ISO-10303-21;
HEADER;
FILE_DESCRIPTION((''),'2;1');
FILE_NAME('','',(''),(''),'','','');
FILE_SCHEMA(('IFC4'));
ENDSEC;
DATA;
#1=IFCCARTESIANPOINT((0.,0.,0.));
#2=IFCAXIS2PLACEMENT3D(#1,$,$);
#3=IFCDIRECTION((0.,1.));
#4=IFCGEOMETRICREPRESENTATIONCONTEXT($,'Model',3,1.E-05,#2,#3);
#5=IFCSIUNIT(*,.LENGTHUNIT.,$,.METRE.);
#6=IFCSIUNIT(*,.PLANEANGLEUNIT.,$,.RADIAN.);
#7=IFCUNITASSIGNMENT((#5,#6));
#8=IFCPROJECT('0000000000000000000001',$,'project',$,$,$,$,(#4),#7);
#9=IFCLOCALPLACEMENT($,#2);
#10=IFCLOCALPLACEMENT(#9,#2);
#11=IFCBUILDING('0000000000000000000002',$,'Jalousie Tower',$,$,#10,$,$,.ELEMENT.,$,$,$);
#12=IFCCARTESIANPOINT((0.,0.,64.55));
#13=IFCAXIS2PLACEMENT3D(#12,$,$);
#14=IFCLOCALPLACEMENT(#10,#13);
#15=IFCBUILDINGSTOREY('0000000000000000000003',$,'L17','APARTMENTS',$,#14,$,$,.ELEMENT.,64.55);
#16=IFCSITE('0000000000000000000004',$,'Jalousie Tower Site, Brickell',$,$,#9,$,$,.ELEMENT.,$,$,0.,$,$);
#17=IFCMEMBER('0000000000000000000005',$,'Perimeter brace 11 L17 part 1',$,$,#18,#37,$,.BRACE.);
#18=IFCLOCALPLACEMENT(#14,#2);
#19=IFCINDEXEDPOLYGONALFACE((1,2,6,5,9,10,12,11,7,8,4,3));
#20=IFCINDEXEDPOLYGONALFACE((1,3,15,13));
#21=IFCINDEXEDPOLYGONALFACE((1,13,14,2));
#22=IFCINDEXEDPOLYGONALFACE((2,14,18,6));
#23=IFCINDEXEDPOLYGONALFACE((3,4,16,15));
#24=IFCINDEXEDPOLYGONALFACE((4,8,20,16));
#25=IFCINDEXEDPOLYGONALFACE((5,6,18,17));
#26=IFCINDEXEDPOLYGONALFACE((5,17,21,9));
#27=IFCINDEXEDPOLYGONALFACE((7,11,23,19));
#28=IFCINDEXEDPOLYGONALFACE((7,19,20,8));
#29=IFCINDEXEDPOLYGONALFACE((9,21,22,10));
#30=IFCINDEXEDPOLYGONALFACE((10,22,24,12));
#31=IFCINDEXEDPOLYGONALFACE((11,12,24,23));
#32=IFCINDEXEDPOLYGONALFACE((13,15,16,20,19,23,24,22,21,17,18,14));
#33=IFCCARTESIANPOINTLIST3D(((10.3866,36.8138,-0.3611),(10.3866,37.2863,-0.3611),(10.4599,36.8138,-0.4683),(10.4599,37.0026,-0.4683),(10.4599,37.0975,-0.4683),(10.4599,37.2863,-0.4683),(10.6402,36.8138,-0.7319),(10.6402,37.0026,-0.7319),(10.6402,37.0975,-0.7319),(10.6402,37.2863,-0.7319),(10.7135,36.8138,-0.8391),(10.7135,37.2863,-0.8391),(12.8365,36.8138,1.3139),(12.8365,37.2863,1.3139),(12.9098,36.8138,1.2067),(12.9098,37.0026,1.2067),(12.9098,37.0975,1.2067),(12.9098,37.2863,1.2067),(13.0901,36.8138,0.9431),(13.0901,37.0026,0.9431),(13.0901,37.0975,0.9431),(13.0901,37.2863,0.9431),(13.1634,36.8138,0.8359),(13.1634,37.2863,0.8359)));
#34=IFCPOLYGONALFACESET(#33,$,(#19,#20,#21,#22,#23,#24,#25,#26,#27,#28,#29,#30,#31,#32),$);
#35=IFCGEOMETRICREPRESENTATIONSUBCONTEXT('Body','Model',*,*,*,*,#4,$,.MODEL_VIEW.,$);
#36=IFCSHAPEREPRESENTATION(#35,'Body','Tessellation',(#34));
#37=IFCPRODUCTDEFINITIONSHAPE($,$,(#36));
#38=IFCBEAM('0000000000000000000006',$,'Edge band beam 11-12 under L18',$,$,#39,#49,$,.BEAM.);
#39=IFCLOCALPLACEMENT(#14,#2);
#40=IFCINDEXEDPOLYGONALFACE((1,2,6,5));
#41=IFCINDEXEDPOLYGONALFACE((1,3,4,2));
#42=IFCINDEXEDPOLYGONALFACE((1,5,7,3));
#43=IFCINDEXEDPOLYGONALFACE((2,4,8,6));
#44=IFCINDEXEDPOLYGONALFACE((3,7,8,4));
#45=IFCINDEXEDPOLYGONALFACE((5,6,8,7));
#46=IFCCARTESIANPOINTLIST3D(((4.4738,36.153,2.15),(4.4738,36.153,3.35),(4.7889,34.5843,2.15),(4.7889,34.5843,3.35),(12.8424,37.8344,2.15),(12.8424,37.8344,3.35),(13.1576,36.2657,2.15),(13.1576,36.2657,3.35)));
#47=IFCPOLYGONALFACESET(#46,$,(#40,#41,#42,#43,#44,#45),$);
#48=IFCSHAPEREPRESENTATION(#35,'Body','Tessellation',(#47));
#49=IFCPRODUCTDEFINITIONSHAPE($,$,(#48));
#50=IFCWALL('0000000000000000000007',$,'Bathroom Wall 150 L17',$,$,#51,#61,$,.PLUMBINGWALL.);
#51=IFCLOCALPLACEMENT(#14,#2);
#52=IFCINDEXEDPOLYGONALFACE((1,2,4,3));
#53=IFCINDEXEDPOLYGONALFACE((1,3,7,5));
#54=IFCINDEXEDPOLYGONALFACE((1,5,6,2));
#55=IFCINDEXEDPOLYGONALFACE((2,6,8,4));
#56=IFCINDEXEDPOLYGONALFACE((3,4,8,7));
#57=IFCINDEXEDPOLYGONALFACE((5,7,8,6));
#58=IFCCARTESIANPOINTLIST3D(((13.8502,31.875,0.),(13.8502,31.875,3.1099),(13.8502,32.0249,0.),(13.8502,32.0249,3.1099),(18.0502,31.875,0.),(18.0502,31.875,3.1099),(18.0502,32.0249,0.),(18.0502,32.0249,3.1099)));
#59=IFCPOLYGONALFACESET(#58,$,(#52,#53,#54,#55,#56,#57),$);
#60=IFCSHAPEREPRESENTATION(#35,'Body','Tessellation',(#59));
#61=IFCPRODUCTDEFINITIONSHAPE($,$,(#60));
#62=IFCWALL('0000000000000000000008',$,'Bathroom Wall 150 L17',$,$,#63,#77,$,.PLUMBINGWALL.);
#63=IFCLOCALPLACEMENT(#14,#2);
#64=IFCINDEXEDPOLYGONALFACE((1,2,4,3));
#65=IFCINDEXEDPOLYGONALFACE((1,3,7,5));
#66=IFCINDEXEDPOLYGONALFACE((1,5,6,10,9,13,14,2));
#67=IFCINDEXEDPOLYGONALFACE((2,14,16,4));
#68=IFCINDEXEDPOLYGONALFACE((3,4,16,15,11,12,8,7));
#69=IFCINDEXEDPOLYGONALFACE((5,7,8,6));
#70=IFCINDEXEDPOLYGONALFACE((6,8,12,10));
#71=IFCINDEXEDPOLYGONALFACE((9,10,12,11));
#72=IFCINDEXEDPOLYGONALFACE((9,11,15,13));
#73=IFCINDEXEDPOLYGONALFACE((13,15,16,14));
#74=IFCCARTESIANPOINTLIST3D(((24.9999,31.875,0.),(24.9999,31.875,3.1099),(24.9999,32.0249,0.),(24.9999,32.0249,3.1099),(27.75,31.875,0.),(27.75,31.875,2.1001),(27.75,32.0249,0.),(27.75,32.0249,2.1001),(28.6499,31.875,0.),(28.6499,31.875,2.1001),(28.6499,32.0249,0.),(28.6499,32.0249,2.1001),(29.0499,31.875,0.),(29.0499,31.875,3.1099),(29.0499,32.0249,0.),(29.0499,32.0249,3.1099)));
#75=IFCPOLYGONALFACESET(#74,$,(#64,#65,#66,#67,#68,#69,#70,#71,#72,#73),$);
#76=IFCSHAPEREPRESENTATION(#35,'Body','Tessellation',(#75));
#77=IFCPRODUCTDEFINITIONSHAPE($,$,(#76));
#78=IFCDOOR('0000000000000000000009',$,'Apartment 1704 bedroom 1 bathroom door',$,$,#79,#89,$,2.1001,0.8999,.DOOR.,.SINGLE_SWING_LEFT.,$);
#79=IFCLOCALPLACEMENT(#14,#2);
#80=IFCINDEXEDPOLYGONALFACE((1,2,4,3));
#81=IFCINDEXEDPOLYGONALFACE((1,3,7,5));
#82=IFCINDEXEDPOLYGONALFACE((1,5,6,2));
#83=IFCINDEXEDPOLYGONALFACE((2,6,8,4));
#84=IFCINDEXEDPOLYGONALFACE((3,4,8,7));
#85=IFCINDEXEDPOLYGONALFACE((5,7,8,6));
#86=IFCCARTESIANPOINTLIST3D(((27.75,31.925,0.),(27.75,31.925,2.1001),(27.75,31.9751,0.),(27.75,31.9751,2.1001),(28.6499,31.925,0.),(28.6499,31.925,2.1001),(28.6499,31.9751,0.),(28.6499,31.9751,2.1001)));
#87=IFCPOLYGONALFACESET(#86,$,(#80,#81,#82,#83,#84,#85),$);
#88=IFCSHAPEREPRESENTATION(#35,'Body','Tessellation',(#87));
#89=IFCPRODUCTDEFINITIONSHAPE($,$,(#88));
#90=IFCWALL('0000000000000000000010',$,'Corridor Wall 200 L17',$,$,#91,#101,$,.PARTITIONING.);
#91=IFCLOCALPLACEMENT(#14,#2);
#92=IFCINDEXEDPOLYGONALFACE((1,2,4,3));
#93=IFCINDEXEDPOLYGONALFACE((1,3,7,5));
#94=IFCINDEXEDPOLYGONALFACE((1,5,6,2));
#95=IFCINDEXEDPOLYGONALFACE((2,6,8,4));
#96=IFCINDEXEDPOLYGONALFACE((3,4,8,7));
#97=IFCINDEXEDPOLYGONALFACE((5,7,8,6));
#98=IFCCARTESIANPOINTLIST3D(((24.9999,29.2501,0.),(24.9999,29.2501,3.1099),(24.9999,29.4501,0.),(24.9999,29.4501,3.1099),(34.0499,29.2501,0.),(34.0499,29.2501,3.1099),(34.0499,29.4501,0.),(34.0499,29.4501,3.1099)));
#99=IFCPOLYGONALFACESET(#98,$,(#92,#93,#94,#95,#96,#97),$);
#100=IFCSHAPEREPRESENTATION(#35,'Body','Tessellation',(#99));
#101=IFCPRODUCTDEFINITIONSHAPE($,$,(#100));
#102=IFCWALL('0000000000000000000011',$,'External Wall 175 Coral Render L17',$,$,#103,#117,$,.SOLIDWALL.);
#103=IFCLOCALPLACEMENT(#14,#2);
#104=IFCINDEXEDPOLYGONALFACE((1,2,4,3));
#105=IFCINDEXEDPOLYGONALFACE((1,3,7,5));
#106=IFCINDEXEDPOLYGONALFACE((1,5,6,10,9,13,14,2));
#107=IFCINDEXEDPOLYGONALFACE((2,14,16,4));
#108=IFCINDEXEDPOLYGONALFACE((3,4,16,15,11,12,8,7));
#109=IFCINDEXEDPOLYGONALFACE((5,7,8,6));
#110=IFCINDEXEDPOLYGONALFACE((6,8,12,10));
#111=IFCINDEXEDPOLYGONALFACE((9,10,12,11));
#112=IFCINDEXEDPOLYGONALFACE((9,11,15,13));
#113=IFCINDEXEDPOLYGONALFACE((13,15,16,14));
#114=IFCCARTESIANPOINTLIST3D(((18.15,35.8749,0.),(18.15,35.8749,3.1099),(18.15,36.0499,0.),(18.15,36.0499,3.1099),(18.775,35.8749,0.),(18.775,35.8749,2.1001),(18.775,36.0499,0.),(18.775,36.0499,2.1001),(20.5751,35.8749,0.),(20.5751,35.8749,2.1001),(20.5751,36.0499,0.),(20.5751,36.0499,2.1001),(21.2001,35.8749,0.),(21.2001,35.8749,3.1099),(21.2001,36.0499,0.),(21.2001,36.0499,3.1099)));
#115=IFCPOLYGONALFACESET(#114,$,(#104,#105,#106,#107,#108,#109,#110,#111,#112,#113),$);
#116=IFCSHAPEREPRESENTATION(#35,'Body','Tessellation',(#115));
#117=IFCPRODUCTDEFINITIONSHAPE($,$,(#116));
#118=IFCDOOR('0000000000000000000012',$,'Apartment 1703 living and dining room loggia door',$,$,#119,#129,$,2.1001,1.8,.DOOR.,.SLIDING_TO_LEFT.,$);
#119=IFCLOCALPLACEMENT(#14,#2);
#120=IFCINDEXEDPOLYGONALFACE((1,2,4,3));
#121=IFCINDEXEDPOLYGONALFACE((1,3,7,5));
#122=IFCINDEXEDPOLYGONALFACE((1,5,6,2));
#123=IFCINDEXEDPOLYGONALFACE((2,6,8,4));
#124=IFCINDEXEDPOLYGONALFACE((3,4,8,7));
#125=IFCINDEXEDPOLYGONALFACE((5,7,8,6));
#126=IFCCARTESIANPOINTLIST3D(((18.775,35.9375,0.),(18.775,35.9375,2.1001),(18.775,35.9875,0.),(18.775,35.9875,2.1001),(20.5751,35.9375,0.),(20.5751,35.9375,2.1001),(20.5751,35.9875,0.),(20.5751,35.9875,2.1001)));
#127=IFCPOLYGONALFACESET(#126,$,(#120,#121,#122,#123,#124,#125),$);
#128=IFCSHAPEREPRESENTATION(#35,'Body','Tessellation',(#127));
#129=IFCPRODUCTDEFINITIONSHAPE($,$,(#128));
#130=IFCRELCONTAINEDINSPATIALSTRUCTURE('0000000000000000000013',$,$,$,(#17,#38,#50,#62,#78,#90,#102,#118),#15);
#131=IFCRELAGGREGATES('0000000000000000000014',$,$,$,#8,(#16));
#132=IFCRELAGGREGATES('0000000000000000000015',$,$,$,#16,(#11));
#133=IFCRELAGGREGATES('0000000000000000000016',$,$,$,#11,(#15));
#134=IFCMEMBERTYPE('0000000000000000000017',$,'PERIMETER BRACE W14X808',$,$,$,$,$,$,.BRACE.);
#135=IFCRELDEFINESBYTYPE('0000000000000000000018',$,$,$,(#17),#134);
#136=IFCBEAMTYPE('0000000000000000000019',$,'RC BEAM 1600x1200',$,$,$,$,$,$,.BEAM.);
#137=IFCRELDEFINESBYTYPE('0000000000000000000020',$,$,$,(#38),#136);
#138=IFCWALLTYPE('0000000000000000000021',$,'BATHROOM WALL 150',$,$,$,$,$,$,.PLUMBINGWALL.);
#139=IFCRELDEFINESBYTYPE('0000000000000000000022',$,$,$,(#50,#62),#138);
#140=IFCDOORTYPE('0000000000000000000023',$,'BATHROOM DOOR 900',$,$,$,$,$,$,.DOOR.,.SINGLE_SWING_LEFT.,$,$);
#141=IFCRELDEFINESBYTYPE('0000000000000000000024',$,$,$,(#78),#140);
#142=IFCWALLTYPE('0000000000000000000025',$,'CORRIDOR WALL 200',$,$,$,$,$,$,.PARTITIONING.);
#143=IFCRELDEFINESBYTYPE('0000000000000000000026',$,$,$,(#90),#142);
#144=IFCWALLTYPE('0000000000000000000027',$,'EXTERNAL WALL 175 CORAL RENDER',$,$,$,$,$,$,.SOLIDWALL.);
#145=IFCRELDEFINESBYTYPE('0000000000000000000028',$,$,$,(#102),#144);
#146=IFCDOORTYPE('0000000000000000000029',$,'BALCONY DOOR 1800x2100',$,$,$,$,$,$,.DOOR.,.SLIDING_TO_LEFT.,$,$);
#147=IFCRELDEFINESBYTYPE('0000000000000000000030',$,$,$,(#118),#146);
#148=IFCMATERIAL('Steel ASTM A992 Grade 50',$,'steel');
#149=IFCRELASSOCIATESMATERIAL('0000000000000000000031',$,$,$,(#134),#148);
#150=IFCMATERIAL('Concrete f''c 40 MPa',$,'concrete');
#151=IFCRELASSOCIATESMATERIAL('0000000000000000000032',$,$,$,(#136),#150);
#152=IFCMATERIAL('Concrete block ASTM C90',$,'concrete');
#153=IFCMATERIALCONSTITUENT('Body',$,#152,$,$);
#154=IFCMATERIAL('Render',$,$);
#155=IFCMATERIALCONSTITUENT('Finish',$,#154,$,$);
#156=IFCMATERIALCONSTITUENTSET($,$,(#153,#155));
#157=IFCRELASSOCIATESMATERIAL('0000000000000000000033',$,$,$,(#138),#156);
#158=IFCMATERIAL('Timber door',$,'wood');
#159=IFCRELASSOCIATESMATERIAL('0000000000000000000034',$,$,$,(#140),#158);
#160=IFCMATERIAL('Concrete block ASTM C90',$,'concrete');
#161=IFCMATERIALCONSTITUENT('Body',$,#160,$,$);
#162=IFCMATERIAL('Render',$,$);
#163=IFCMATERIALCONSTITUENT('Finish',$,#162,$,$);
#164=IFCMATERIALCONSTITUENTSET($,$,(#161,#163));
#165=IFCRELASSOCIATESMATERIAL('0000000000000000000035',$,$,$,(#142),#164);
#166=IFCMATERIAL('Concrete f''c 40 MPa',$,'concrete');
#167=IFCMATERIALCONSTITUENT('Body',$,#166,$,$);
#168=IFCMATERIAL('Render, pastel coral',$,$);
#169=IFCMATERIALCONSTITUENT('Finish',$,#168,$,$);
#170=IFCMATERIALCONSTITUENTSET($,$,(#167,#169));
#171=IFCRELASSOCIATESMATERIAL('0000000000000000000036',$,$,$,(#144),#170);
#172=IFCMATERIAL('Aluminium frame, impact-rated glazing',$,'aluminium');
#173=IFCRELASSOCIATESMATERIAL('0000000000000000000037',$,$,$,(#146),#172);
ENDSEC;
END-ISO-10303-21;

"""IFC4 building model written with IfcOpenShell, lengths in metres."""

from ifc_helpers import new_model, si_unit, direction, frame, frame_2d, origin, origin_2d, place, context, subcontext, project, spatial, rectangle, i_section, extrude, material, constituent, constituent_set, material_profile, profile_set, type_object, element, fill, save


model = new_model("IFC4")

# Units and contexts
model_context = context("Model", 3, precision=1e-05, world=origin(), true_north=direction((0.0, 1.0)))
body_context = subcontext(model_context, "Body", "Model", "MODEL_VIEW")
ifc_project = project(units=[si_unit("LENGTHUNIT", "METRE"), si_unit("PLANEANGLEUNIT", "RADIAN")], contexts=[model_context])

# Site, building, storey
site_placement = place(None, origin())
site = spatial("IfcSite", under=ifc_project, at=site_placement, Name="Jalousie Tower Site, Brickell", CompositionType="ELEMENT", RefElevation=0.0)
building_placement = place(site_placement, origin())
building = spatial("IfcBuilding", under=site, at=building_placement, Name="Jalousie Tower", CompositionType="ELEMENT")
storey_placement = place(building_placement, frame((0.0, 0.0, 64.55)))
storey = spatial("IfcBuildingStorey", under=building, at=storey_placement, Name="L17", Description="APARTMENTS", CompositionType="ELEMENT", Elevation=64.55)

# Member
ifc_material_1 = material(Name="Steel ASTM A992 Grade 50", Category="steel")
ifc_material_profile_1 = material_profile(ifc_material_1, i_section(OverallWidth=0.4724, OverallDepth=0.5791, WebThickness=0.095, FlangeThickness=0.1299, at=origin_2d()), Name="W14X808")
ifc_profile_set_1 = profile_set([ifc_material_profile_1], Name="Steel ASTM A992 Grade 50")
member_type = type_object("IfcMemberType", Name="PERIMETER BRACE W14X808", PredefinedType="BRACE", material=ifc_profile_set_1)
member_placement = place(storey_placement, frame((10.55, 37.05, -0.6001), z_axis=(0.825501, 0.0, 0.564401), x_axis=(0.0, 1.0, 0.0)))
element("IfcMember", 1, at=member_placement, inside=storey, type_object=member_type, Name="Perimeter brace 11 L17 part 1", PredefinedType="BRACE", context=body_context, shape_type="SweptSolid", body=[
    extrude(i_section(OverallWidth=0.4724, OverallDepth=0.5791, WebThickness=0.095, FlangeThickness=0.1299, at=origin_2d()), origin(), (0.0, 0.0, 1.0), 2.9678),
])

# Beam
ifc_material_2 = material(Name="Concrete f'c 40 MPa", Category="concrete")
ifc_material_profile_2 = material_profile(ifc_material_2, rectangle(XDim=1.6001, YDim=1.2, at=origin_2d()), Name="RC 1600x1200")
ifc_profile_set_2 = profile_set([ifc_material_profile_2], Name="Concrete f'c 40 MPa")
beam_type = type_object("IfcBeamType", Name="RC BEAM 1600x1200", PredefinedType="BEAM", material=ifc_profile_set_2)
beam_placement = place(storey_placement, frame((13.0, 37.05, 2.75), z_axis=(-0.980408, -0.19698, 0.0), x_axis=(0.19698, -0.980408, 0.0)))
element("IfcBeam", 2, at=beam_placement, inside=storey, type_object=beam_type, Name="Edge band beam 11-12 under L18", PredefinedType="BEAM", context=body_context, shape_type="SweptSolid", body=[
    extrude(rectangle(XDim=1.6001, YDim=1.2, at=origin_2d()), origin(), (0.0, 0.0, 1.0), 8.5359),
])

# Wall
ifc_material_3 = material(Name="Concrete block ASTM C90", Category="concrete")
ifc_constituent_1 = constituent(ifc_material_3, Name="Body")
ifc_material_4 = material(Name="Render")
ifc_constituent_2 = constituent(ifc_material_4, Name="Finish")
ifc_constituent_set_1 = constituent_set(constituents=[ifc_constituent_1, ifc_constituent_2])
wall_type_1 = type_object("IfcWallType", Name="BATHROOM WALL 150", PredefinedType="PLUMBINGWALL", material=ifc_constituent_set_1)
wall_1_placement = place(storey_placement, frame((13.8501, 31.95, 0.0), z_axis=(0.0, 0.0, 1.0), x_axis=(1.0, 0.0, 0.0)))
element("IfcWall", 3, at=wall_1_placement, inside=storey, type_object=wall_type_1, Name="Bathroom Wall 150 L17", PredefinedType="PLUMBINGWALL", context=body_context, shape_type="SweptSolid", body=[
    extrude(rectangle(XDim=4.2, YDim=0.1499, at=frame_2d((2.1001, 0.0))), origin(), (0.0, 0.0, 1.0), 3.1099),
])

# Wall, opening, door
wall_2_placement = place(storey_placement, frame((25.0, 31.95, 0.0), z_axis=(0.0, 0.0, 1.0), x_axis=(1.0, 0.0, 0.0)))
wall_2 = element("IfcWall", 4, at=wall_2_placement, inside=storey, type_object=wall_type_1, Name="Bathroom Wall 150 L17", PredefinedType="PLUMBINGWALL", context=body_context, shape_type="SweptSolid", body=[
    extrude(rectangle(XDim=4.05, YDim=0.1499, at=frame_2d((2.0249, 0.0))), origin(), (0.0, 0.0, 1.0), 3.1099),
])
opening_1_placement = place(wall_2_placement, frame((2.75, 0.0, 0.0)))
opening_1 = element("IfcOpeningElement", 5, at=opening_1_placement, cuts=wall_2, PredefinedType="OPENING", context=body_context, shape_type="SweptSolid", body=[
    extrude(rectangle(XDim=0.8999, YDim=2.1001, at=frame_2d((0.45, 1.05))), frame((0.0, 0.085, 0.0), z_axis=(0.0, -1.0, 0.0), x_axis=(1.0, 0.0, 0.0)), (0.0, 0.0, 1.0), 0.1699),
])
ifc_material_5 = material(Name="Timber door", Category="wood")
door_type_1 = type_object("IfcDoorType", Name="BATHROOM DOOR 900", OperationType="SINGLE_SWING_LEFT", PredefinedType="DOOR", material=ifc_material_5)
door_1_placement = place(opening_1_placement, frame((0.8999, 0.0, 0.0), z_axis=(0.0, 0.0, 1.0), x_axis=(-1.0, 0.0, 0.0)))
door_1 = element("IfcDoor", 6, at=door_1_placement, inside=storey, type_object=door_type_1, Name="Apartment 1704 bedroom 1 bathroom door", OperationType="SINGLE_SWING_LEFT", OverallHeight=2.1001, OverallWidth=0.8999, PredefinedType="DOOR", context=body_context, shape_type="SweptSolid", body=[
    extrude(rectangle(XDim=0.8999, YDim=2.1001, at=frame_2d((0.45, 1.05))), frame((0.0, 0.0249, 0.0), z_axis=(0.0, -1.0, 0.0), x_axis=(1.0, 0.0, 0.0)), (0.0, 0.0, 1.0), 0.05),
])
fill(opening_1, door_1)

# Wall
ifc_material_6 = material(Name="Concrete block ASTM C90", Category="concrete")
ifc_constituent_3 = constituent(ifc_material_6, Name="Body")
ifc_material_7 = material(Name="Render")
ifc_constituent_4 = constituent(ifc_material_7, Name="Finish")
ifc_constituent_set_2 = constituent_set(constituents=[ifc_constituent_3, ifc_constituent_4])
wall_type_2 = type_object("IfcWallType", Name="CORRIDOR WALL 200", PredefinedType="PARTITIONING", material=ifc_constituent_set_2)
wall_3_placement = place(storey_placement, frame((25.0, 29.3501, 0.0), z_axis=(0.0, 0.0, 1.0), x_axis=(1.0, 0.0, 0.0)))
element("IfcWall", 7, at=wall_3_placement, inside=storey, type_object=wall_type_2, Name="Corridor Wall 200 L17", PredefinedType="PARTITIONING", context=body_context, shape_type="SweptSolid", body=[
    extrude(rectangle(XDim=9.05, YDim=0.2, at=frame_2d((4.5249, 0.0))), origin(), (0.0, 0.0, 1.0), 3.1099),
])

# Wall, opening, door
ifc_material_8 = material(Name="Concrete f'c 40 MPa", Category="concrete")
ifc_constituent_5 = constituent(ifc_material_8, Name="Body")
ifc_material_9 = material(Name="Render, pastel coral")
ifc_constituent_6 = constituent(ifc_material_9, Name="Finish")
ifc_constituent_set_3 = constituent_set(constituents=[ifc_constituent_5, ifc_constituent_6])
wall_type_3 = type_object("IfcWallType", Name="EXTERNAL WALL 175 CORAL RENDER", PredefinedType="SOLIDWALL", material=ifc_constituent_set_3)
wall_4_placement = place(storey_placement, frame((21.2, 35.9624, 0.0), z_axis=(0.0, 0.0, 1.0), x_axis=(-1.0, 0.0, 0.0)))
wall_4 = element("IfcWall", 8, at=wall_4_placement, inside=storey, type_object=wall_type_3, Name="External Wall 175 Coral Render L17", PredefinedType="SOLIDWALL", context=body_context, shape_type="SweptSolid", body=[
    extrude(rectangle(XDim=3.05, YDim=0.175, at=frame_2d((1.5249, 0.0))), origin(), (0.0, 0.0, 1.0), 3.1099),
])
opening_2_placement = place(wall_4_placement, frame((0.625, 0.0, 0.0)))
opening_2 = element("IfcOpeningElement", 9, at=opening_2_placement, cuts=wall_4, PredefinedType="OPENING", context=body_context, shape_type="SweptSolid", body=[
    extrude(rectangle(XDim=1.8, YDim=2.1001, at=frame_2d((0.8999, 1.05))), frame((0.0, 0.0974, 0.0), z_axis=(0.0, -1.0, 0.0), x_axis=(1.0, 0.0, 0.0)), (0.0, 0.0, 1.0), 0.1951),
])
ifc_material_10 = material(Name="Aluminium frame, impact-rated glazing", Category="aluminium")
door_type_2 = type_object("IfcDoorType", Name="BALCONY DOOR 1800x2100", OperationType="SLIDING_TO_LEFT", PredefinedType="DOOR", material=ifc_material_10)
door_2_placement = place(opening_2_placement, origin())
door_2 = element("IfcDoor", 10, at=door_2_placement, inside=storey, type_object=door_type_2, Name="Apartment 1703 living and dining room loggia door", OperationType="SLIDING_TO_LEFT", OverallHeight=2.1001, OverallWidth=1.8, PredefinedType="DOOR", context=body_context, shape_type="SweptSolid", body=[
    extrude(rectangle(XDim=1.8, YDim=2.1001, at=frame_2d((0.8999, 1.05))), frame((0.0, 0.0249, 0.0), z_axis=(0.0, -1.0, 0.0), x_axis=(1.0, 0.0, 0.0)), (0.0, 0.0, 1.0), 0.05),
])
fill(opening_2, door_2)

save(model, "model.ifc")
